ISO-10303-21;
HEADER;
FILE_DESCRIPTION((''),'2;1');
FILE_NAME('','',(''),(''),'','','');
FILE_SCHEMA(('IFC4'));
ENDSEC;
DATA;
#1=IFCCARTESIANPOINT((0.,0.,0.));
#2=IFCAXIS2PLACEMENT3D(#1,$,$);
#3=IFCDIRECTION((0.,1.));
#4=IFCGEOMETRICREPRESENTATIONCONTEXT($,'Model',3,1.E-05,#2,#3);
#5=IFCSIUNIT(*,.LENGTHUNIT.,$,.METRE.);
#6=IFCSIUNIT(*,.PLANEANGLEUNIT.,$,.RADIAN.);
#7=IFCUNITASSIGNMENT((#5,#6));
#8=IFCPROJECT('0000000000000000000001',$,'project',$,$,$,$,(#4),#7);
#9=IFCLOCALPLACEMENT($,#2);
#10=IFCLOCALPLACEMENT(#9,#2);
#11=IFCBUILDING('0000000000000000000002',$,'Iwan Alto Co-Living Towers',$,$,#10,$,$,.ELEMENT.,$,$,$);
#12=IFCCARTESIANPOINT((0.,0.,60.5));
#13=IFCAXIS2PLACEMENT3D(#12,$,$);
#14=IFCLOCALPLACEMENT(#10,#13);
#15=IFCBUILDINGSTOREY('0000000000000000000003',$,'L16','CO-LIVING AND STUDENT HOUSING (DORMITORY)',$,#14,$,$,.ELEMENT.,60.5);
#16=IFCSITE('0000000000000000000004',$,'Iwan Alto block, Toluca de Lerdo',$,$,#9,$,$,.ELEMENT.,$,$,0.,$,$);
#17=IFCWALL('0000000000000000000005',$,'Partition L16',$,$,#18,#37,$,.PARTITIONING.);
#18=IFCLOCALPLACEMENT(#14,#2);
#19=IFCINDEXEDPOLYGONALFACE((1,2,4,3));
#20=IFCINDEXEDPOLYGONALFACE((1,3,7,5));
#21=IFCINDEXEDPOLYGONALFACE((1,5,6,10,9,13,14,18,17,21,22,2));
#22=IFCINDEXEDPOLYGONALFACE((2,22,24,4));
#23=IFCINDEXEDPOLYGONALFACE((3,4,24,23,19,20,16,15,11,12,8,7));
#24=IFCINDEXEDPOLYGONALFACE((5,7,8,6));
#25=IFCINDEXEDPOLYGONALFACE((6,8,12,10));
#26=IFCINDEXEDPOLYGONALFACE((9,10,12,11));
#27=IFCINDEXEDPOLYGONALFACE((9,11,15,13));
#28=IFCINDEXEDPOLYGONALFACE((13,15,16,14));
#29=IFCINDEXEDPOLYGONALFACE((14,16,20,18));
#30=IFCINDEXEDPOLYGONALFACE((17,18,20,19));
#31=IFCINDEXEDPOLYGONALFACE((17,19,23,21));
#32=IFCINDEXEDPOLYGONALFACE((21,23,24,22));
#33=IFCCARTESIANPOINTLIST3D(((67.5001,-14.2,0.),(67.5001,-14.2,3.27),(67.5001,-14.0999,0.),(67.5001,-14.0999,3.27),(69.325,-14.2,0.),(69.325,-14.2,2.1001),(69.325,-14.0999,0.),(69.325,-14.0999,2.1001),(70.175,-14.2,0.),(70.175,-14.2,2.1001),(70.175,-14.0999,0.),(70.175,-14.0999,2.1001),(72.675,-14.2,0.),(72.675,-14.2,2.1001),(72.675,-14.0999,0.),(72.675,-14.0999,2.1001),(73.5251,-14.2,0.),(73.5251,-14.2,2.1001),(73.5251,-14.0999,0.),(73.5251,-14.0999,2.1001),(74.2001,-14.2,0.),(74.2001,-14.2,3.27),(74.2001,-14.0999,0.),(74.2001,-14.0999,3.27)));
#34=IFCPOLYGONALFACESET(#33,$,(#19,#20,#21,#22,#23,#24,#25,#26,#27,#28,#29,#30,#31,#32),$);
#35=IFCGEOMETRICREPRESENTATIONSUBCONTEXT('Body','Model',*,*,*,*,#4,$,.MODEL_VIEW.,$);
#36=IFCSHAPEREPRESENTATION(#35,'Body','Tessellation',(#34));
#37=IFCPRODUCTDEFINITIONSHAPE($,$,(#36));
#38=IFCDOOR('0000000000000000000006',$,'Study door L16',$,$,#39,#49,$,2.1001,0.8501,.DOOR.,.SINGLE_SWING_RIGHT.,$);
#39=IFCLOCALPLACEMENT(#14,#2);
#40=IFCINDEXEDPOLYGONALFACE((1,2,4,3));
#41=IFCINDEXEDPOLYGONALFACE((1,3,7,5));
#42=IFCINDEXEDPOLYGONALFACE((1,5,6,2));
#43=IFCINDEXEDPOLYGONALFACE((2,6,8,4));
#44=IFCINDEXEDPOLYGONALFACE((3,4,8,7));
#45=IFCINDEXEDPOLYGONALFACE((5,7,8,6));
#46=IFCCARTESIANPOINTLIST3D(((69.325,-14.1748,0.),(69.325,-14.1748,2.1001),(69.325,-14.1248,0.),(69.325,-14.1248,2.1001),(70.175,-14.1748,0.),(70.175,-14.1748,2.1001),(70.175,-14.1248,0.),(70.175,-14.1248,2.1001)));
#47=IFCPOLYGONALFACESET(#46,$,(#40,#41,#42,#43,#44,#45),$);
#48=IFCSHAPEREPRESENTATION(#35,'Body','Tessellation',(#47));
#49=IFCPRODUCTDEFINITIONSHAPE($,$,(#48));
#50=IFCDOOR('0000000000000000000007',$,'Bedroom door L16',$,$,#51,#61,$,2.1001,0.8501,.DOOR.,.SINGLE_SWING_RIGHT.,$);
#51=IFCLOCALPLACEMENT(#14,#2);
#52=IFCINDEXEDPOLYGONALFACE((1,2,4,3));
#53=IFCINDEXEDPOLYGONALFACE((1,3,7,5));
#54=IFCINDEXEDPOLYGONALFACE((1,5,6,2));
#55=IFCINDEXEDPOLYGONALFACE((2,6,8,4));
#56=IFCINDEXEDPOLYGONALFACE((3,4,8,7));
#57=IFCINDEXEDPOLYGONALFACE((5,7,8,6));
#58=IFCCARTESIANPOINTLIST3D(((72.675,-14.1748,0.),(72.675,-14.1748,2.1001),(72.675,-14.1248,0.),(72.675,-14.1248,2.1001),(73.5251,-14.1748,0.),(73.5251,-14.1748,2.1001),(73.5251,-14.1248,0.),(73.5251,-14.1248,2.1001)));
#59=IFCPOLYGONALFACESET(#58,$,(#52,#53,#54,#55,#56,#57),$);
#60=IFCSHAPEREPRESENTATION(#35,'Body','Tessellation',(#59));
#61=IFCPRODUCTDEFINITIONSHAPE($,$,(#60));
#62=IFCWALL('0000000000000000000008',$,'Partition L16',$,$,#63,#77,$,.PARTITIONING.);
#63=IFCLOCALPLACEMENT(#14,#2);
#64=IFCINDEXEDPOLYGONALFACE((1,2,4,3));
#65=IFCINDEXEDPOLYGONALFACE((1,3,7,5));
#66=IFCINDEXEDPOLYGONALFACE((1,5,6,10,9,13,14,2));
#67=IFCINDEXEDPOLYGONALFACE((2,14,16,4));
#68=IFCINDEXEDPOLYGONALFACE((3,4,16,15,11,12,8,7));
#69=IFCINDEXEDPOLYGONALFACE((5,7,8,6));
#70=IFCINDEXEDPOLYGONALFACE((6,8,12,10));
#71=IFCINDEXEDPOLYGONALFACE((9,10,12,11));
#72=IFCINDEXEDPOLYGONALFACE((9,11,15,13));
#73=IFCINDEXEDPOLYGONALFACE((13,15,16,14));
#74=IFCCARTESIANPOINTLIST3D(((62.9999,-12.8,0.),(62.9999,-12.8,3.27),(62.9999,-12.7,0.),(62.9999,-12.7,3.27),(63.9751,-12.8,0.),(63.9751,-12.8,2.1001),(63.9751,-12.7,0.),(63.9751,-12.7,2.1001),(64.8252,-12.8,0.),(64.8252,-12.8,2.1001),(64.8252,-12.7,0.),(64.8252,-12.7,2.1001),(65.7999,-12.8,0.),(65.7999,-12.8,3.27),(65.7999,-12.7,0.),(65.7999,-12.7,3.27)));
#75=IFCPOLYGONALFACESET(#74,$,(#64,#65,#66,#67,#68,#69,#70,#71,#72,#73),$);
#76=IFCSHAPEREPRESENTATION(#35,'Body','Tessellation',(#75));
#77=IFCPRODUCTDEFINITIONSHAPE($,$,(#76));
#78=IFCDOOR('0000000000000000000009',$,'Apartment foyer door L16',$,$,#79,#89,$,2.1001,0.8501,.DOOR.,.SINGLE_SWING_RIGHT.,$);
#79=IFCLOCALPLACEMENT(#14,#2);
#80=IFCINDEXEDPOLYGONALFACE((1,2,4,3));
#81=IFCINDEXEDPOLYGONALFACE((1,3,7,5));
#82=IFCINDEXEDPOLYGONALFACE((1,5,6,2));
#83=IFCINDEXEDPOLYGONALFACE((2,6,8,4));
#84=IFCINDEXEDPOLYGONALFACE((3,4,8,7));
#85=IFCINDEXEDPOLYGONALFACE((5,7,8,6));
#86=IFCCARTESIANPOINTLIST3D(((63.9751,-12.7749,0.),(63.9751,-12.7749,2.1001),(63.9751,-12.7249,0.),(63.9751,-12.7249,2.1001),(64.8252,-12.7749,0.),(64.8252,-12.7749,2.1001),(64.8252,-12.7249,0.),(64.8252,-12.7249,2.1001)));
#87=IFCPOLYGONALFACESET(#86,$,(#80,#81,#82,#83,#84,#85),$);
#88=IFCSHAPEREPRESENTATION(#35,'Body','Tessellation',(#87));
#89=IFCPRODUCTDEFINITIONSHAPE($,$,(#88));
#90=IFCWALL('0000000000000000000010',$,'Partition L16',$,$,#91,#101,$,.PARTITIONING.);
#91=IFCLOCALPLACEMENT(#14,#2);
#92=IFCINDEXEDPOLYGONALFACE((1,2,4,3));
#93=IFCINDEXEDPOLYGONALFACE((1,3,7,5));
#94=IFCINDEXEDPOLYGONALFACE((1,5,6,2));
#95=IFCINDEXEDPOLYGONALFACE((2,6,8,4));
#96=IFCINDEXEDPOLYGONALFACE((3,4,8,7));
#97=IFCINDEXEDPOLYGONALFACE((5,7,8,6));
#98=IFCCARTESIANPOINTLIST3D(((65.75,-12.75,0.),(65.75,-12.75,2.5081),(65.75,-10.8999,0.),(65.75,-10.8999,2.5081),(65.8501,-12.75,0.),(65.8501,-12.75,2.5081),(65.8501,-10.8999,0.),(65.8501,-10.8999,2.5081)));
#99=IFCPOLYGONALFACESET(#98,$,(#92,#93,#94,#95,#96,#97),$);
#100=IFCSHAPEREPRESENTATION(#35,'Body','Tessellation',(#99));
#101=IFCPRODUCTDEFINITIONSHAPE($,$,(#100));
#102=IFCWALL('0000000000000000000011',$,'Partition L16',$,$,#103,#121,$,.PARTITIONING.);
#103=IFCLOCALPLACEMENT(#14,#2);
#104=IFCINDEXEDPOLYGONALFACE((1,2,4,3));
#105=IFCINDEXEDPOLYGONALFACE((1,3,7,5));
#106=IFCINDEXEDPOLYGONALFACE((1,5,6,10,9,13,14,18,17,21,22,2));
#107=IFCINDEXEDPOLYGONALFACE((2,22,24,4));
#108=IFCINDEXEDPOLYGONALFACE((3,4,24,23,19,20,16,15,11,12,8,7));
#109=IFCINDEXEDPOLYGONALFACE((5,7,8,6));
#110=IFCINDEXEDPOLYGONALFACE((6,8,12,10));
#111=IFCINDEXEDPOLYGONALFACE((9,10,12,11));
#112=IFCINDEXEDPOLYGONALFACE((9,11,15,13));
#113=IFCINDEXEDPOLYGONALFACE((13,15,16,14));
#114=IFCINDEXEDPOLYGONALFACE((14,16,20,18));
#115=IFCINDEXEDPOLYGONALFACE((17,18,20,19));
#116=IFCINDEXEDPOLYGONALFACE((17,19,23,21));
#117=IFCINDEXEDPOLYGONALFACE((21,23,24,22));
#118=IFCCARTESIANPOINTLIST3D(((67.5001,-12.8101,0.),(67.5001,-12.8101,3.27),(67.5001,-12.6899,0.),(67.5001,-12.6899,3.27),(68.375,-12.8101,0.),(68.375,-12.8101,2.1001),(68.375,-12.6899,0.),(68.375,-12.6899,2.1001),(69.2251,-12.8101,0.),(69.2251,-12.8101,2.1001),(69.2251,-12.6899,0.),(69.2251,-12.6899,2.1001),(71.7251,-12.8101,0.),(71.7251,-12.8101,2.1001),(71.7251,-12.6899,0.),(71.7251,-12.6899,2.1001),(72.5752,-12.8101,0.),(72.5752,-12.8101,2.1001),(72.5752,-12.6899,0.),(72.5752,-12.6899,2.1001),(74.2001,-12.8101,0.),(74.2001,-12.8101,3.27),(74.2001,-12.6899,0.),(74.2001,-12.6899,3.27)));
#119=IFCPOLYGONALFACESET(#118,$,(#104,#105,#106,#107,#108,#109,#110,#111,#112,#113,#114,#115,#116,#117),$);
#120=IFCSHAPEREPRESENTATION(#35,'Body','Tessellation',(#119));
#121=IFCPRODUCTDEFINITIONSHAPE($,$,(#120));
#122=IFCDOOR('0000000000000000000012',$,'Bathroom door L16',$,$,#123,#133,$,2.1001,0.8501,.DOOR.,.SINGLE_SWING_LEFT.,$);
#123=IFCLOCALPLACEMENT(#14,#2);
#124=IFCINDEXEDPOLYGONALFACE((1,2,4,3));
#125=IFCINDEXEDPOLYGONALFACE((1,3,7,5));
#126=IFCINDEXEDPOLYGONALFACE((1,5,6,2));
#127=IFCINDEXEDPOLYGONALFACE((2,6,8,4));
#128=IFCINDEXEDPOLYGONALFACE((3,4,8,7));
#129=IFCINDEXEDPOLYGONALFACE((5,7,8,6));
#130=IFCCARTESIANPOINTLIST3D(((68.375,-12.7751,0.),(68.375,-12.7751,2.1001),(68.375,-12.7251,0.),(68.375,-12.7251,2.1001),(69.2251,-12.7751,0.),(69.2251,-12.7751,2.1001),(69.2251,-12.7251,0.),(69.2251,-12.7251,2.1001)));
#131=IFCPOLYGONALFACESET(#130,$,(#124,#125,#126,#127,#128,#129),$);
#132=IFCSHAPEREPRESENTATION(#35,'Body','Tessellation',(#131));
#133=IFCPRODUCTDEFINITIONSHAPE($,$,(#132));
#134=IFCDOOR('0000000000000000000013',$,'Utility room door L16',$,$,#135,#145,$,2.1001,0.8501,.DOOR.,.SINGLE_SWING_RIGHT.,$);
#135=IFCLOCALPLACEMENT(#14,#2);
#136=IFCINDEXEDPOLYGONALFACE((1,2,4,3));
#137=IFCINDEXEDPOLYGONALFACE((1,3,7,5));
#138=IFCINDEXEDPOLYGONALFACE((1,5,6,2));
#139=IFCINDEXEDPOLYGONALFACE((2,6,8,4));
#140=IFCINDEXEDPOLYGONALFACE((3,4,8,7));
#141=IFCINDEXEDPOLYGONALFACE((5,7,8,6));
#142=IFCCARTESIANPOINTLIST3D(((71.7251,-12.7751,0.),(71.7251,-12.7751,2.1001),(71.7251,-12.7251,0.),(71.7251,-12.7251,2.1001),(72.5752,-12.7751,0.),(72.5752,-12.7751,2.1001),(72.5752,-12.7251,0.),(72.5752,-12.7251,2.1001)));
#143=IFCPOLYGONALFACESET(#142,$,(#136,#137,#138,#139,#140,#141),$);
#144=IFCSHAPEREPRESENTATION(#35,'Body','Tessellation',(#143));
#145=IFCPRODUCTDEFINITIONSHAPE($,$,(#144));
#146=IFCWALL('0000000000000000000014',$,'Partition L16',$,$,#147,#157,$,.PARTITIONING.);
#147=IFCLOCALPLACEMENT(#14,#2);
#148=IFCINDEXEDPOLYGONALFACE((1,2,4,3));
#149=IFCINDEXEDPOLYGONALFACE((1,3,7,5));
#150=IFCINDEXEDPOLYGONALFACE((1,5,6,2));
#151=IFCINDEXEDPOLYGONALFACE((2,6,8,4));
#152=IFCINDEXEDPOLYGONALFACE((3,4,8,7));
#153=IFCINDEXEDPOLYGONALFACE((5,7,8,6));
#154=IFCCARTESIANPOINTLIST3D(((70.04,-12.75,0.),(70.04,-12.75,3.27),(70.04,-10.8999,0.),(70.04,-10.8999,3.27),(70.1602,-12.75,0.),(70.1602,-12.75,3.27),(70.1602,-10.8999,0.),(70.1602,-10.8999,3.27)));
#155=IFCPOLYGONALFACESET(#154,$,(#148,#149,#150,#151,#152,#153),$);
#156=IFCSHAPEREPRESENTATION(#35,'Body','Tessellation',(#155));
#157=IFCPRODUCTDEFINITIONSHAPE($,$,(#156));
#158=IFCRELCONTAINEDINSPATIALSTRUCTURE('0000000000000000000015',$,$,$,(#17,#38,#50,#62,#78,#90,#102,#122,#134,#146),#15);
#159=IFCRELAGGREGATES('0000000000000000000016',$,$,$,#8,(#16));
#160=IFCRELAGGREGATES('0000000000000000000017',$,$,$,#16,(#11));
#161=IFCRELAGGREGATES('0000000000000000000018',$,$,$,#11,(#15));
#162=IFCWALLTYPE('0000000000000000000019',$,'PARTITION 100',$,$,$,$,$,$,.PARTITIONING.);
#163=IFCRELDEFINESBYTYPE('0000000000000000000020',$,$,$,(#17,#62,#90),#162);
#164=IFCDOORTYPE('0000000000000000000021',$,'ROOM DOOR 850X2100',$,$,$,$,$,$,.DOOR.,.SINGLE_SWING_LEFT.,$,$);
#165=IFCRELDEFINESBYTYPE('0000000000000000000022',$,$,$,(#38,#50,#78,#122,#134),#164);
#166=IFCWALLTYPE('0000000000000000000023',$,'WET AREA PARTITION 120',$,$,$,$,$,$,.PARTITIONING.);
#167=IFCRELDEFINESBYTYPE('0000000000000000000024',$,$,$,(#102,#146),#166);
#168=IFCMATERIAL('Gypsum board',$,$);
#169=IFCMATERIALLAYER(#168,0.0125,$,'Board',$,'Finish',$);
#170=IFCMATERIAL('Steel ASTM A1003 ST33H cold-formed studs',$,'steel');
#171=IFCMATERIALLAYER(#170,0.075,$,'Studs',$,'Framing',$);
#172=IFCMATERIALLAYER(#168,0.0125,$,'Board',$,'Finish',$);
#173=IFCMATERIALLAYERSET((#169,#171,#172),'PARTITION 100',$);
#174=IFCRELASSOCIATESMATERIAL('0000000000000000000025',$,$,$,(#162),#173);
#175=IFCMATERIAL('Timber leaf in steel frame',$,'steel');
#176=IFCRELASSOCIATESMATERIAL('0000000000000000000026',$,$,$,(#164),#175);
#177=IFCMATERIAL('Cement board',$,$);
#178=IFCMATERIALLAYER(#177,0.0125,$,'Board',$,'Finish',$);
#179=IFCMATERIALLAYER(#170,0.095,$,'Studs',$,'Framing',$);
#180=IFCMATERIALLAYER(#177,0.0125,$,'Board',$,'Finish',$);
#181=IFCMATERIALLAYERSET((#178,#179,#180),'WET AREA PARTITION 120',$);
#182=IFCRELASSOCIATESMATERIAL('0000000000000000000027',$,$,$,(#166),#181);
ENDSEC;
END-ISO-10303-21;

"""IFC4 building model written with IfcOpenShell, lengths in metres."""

from ifc_helpers import new_model, si_unit, direction, frame, frame_2d, origin, place, context, subcontext, project, spatial, rectangle, extrude, material, layer, layer_set, type_object, element, fill, save


model = new_model("IFC4")

# Units and contexts
model_context = context("Model", 3, precision=1e-05, world=origin(), true_north=direction((0.0, 1.0)))
body_context = subcontext(model_context, "Body", "Model", "MODEL_VIEW")
ifc_project = project(units=[si_unit("LENGTHUNIT", "METRE"), si_unit("PLANEANGLEUNIT", "RADIAN")], contexts=[model_context])

# Site, building, storey
site_placement = place(None, origin())
site = spatial("IfcSite", under=ifc_project, at=site_placement, Name="Iwan Alto block, Toluca de Lerdo", CompositionType="ELEMENT", RefElevation=0.0)
building_placement = place(site_placement, origin())
building = spatial("IfcBuilding", under=site, at=building_placement, Name="Iwan Alto Co-Living Towers", CompositionType="ELEMENT")
storey_placement = place(building_placement, frame((0.0, 0.0, 60.5)))
storey = spatial("IfcBuildingStorey", under=building, at=storey_placement, Name="L16", Description="CO-LIVING AND STUDENT HOUSING (DORMITORY)", CompositionType="ELEMENT", Elevation=60.5)

# Shared definitions
ifc_material_1 = material(Name="Gypsum board")
ifc_material_2 = material(Name="Steel ASTM A1003 ST33H cold-formed studs", Category="steel")

# Wall, openings, doors
ifc_layer_1 = layer(ifc_material_1, 0.0125, Name="Board", Category="Finish")
ifc_layer_2 = layer(ifc_material_2, 0.075, Name="Studs", Category="Framing")
ifc_layer_3 = layer(ifc_material_1, 0.0125, Name="Board", Category="Finish")
ifc_layer_set_1 = layer_set([ifc_layer_1, ifc_layer_2, ifc_layer_3], Name="PARTITION 100")
wall_type_1 = type_object("IfcWallType", Name="PARTITION 100", PredefinedType="PARTITIONING", material=ifc_layer_set_1)
wall_1_placement = place(storey_placement, frame((67.5, -14.1499, 0.0), z_axis=(0.0, 0.0, 1.0), x_axis=(1.0, 0.0, 0.0)))
wall_1 = element("IfcWall", 1, at=wall_1_placement, inside=storey, type_object=wall_type_1, Name="Partition L16", PredefinedType="PARTITIONING", context=body_context, shape_type="SweptSolid", body=[
    extrude(rectangle(XDim=6.7, YDim=0.1001, at=frame_2d((3.3501, 0.0))), origin(), (0.0, 0.0, 1.0), 3.27),
])
opening_1_placement = place(wall_1_placement, frame((1.825, 0.0, 0.0)))
opening_1 = element("IfcOpeningElement", 2, at=opening_1_placement, cuts=wall_1, PredefinedType="OPENING", context=body_context, shape_type="SweptSolid", body=[
    extrude(rectangle(XDim=0.8501, YDim=2.1001, at=frame_2d((0.425, 1.05))), frame((0.0, 0.0601, 0.0), z_axis=(0.0, -1.0, 0.0), x_axis=(1.0, 0.0, 0.0)), (0.0, 0.0, 1.0), 0.1201),
])
opening_2_placement = place(wall_1_placement, frame((5.175, 0.0, 0.0)))
opening_2 = element("IfcOpeningElement", 3, at=opening_2_placement, cuts=wall_1, PredefinedType="OPENING", context=body_context, shape_type="SweptSolid", body=[
    extrude(rectangle(XDim=0.8501, YDim=2.1001, at=frame_2d((0.425, 1.05))), frame((0.0, 0.0601, 0.0), z_axis=(0.0, -1.0, 0.0), x_axis=(1.0, 0.0, 0.0)), (0.0, 0.0, 1.0), 0.1201),
])
ifc_material_3 = material(Name="Timber leaf in steel frame", Category="steel")
door_type_1 = type_object("IfcDoorType", Name="ROOM DOOR 850X2100", OperationType="SINGLE_SWING_LEFT", PredefinedType="DOOR", material=ifc_material_3)
door_1_placement = place(opening_1_placement, frame((0.8501, 0.0, 0.0), z_axis=(0.0, 0.0, 1.0), x_axis=(-1.0, 0.0, 0.0)))
door_1 = element("IfcDoor", 4, at=door_1_placement, inside=storey, type_object=door_type_1, Name="Study door L16", OperationType="SINGLE_SWING_RIGHT", OverallHeight=2.1001, OverallWidth=0.8501, PredefinedType="DOOR", context=body_context, shape_type="SweptSolid", body=[
    extrude(rectangle(XDim=0.8501, YDim=2.1001, at=frame_2d((0.425, 1.05))), frame((0.0, 0.0249, 0.0), z_axis=(0.0, -1.0, 0.0), x_axis=(1.0, 0.0, 0.0)), (0.0, 0.0, 1.0), 0.05),
])
fill(opening_1, door_1)
door_2_placement = place(opening_2_placement, frame((0.8501, 0.0, 0.0), z_axis=(0.0, 0.0, 1.0), x_axis=(-1.0, 0.0, 0.0)))
door_2 = element("IfcDoor", 5, at=door_2_placement, inside=storey, type_object=door_type_1, Name="Bedroom door L16", OperationType="SINGLE_SWING_RIGHT", OverallHeight=2.1001, OverallWidth=0.8501, PredefinedType="DOOR", context=body_context, shape_type="SweptSolid", body=[
    extrude(rectangle(XDim=0.8501, YDim=2.1001, at=frame_2d((0.425, 1.05))), frame((0.0, 0.0249, 0.0), z_axis=(0.0, -1.0, 0.0), x_axis=(1.0, 0.0, 0.0)), (0.0, 0.0, 1.0), 0.05),
])
fill(opening_2, door_2)

# Wall, opening, door
wall_2_placement = place(storey_placement, frame((63.0, -12.75, 0.0), z_axis=(0.0, 0.0, 1.0), x_axis=(1.0, 0.0, 0.0)))
wall_2 = element("IfcWall", 6, at=wall_2_placement, inside=storey, type_object=wall_type_1, Name="Partition L16", PredefinedType="PARTITIONING", context=body_context, shape_type="SweptSolid", body=[
    extrude(rectangle(XDim=2.8, YDim=0.1001, at=frame_2d((1.3999, 0.0))), origin(), (0.0, 0.0, 1.0), 3.27),
])
opening_3_placement = place(wall_2_placement, frame((0.9751, 0.0, 0.0)))
opening_3 = element("IfcOpeningElement", 7, at=opening_3_placement, cuts=wall_2, PredefinedType="OPENING", context=body_context, shape_type="SweptSolid", body=[
    extrude(rectangle(XDim=0.8501, YDim=2.1001, at=frame_2d((0.425, 1.05))), frame((0.0, 0.0601, 0.0), z_axis=(0.0, -1.0, 0.0), x_axis=(1.0, 0.0, 0.0)), (0.0, 0.0, 1.0), 0.1201),
])
door_3_placement = place(opening_3_placement, frame((0.8501, 0.0, 0.0), z_axis=(0.0, 0.0, 1.0), x_axis=(-1.0, 0.0, 0.0)))
door_3 = element("IfcDoor", 8, at=door_3_placement, inside=storey, type_object=door_type_1, Name="Apartment foyer door L16", OperationType="SINGLE_SWING_RIGHT", OverallHeight=2.1001, OverallWidth=0.8501, PredefinedType="DOOR", context=body_context, shape_type="SweptSolid", body=[
    extrude(rectangle(XDim=0.8501, YDim=2.1001, at=frame_2d((0.425, 1.05))), frame((0.0, 0.0249, 0.0), z_axis=(0.0, -1.0, 0.0), x_axis=(1.0, 0.0, 0.0)), (0.0, 0.0, 1.0), 0.05),
])
fill(opening_3, door_3)

# Wall
wall_3_placement = place(storey_placement, frame((65.8, -12.75, 0.0), z_axis=(0.0, 0.0, 1.0), x_axis=(0.0, 1.0, 0.0)))
element("IfcWall", 9, at=wall_3_placement, inside=storey, type_object=wall_type_1, Name="Partition L16", PredefinedType="PARTITIONING", context=body_context, shape_type="SweptSolid", body=[
    extrude(rectangle(XDim=1.8501, YDim=0.1001, at=frame_2d((0.925, 0.0))), origin(), (0.0, 0.0, 1.0), 2.5081),
])

# Wall, openings, doors
ifc_material_4 = material(Name="Cement board")
ifc_layer_4 = layer(ifc_material_4, 0.0125, Name="Board", Category="Finish")
ifc_layer_5 = layer(ifc_material_2, 0.095, Name="Studs", Category="Framing")
ifc_layer_6 = layer(ifc_material_4, 0.0125, Name="Board", Category="Finish")
ifc_layer_set_2 = layer_set([ifc_layer_4, ifc_layer_5, ifc_layer_6], Name="WET AREA PARTITION 120")
wall_type_2 = type_object("IfcWallType", Name="WET AREA PARTITION 120", PredefinedType="PARTITIONING", material=ifc_layer_set_2)
wall_4_placement = place(storey_placement, frame((67.5, -12.75, 0.0), z_axis=(0.0, 0.0, 1.0), x_axis=(1.0, 0.0, 0.0)))
wall_4 = element("IfcWall", 10, at=wall_4_placement, inside=storey, type_object=wall_type_2, Name="Partition L16", PredefinedType="PARTITIONING", context=body_context, shape_type="SweptSolid", body=[
    extrude(rectangle(XDim=6.7, YDim=0.1201, at=frame_2d((3.3501, 0.0))), origin(), (0.0, 0.0, 1.0), 3.27),
])
opening_4_placement = place(wall_4_placement, frame((0.875, 0.0, 0.0)))
opening_4 = element("IfcOpeningElement", 11, at=opening_4_placement, cuts=wall_4, PredefinedType="OPENING", context=body_context, shape_type="SweptSolid", body=[
    extrude(rectangle(XDim=0.8501, YDim=2.1001, at=frame_2d((0.425, 1.05))), frame((0.0, 0.0701, 0.0), z_axis=(0.0, -1.0, 0.0), x_axis=(1.0, 0.0, 0.0)), (0.0, 0.0, 1.0), 0.1401),
])
opening_5_placement = place(wall_4_placement, frame((4.2251, 0.0, 0.0)))
opening_5 = element("IfcOpeningElement", 12, at=opening_5_placement, cuts=wall_4, PredefinedType="OPENING", context=body_context, shape_type="SweptSolid", body=[
    extrude(rectangle(XDim=0.8501, YDim=2.1001, at=frame_2d((0.425, 1.05))), frame((0.0, 0.0701, 0.0), z_axis=(0.0, -1.0, 0.0), x_axis=(1.0, 0.0, 0.0)), (0.0, 0.0, 1.0), 0.1401),
])
door_4_placement = place(opening_4_placement, origin())
door_4 = element("IfcDoor", 13, at=door_4_placement, inside=storey, type_object=door_type_1, Name="Bathroom door L16", OperationType="SINGLE_SWING_LEFT", OverallHeight=2.1001, OverallWidth=0.8501, PredefinedType="DOOR", context=body_context, shape_type="SweptSolid", body=[
    extrude(rectangle(XDim=0.8501, YDim=2.1001, at=frame_2d((0.425, 1.05))), frame((0.0, 0.0249, 0.0), z_axis=(0.0, -1.0, 0.0), x_axis=(1.0, 0.0, 0.0)), (0.0, 0.0, 1.0), 0.05),
])
fill(opening_4, door_4)
door_5_placement = place(opening_5_placement, origin())
door_5 = element("IfcDoor", 14, at=door_5_placement, inside=storey, type_object=door_type_1, Name="Utility room door L16", OperationType="SINGLE_SWING_RIGHT", OverallHeight=2.1001, OverallWidth=0.8501, PredefinedType="DOOR", context=body_context, shape_type="SweptSolid", body=[
    extrude(rectangle(XDim=0.8501, YDim=2.1001, at=frame_2d((0.425, 1.05))), frame((0.0, 0.0249, 0.0), z_axis=(0.0, -1.0, 0.0), x_axis=(1.0, 0.0, 0.0)), (0.0, 0.0, 1.0), 0.05),
])
fill(opening_5, door_5)

# Wall
wall_5_placement = place(storey_placement, frame((70.1001, -12.75, 0.0), z_axis=(0.0, 0.0, 1.0), x_axis=(0.0, 1.0, 0.0)))
element("IfcWall", 15, at=wall_5_placement, inside=storey, type_object=wall_type_2, Name="Partition L16", PredefinedType="PARTITIONING", context=body_context, shape_type="SweptSolid", body=[
    extrude(rectangle(XDim=1.8501, YDim=0.1201, at=frame_2d((0.925, 0.0))), origin(), (0.0, 0.0, 1.0), 3.27),
])

save(model, "model.ifc")
